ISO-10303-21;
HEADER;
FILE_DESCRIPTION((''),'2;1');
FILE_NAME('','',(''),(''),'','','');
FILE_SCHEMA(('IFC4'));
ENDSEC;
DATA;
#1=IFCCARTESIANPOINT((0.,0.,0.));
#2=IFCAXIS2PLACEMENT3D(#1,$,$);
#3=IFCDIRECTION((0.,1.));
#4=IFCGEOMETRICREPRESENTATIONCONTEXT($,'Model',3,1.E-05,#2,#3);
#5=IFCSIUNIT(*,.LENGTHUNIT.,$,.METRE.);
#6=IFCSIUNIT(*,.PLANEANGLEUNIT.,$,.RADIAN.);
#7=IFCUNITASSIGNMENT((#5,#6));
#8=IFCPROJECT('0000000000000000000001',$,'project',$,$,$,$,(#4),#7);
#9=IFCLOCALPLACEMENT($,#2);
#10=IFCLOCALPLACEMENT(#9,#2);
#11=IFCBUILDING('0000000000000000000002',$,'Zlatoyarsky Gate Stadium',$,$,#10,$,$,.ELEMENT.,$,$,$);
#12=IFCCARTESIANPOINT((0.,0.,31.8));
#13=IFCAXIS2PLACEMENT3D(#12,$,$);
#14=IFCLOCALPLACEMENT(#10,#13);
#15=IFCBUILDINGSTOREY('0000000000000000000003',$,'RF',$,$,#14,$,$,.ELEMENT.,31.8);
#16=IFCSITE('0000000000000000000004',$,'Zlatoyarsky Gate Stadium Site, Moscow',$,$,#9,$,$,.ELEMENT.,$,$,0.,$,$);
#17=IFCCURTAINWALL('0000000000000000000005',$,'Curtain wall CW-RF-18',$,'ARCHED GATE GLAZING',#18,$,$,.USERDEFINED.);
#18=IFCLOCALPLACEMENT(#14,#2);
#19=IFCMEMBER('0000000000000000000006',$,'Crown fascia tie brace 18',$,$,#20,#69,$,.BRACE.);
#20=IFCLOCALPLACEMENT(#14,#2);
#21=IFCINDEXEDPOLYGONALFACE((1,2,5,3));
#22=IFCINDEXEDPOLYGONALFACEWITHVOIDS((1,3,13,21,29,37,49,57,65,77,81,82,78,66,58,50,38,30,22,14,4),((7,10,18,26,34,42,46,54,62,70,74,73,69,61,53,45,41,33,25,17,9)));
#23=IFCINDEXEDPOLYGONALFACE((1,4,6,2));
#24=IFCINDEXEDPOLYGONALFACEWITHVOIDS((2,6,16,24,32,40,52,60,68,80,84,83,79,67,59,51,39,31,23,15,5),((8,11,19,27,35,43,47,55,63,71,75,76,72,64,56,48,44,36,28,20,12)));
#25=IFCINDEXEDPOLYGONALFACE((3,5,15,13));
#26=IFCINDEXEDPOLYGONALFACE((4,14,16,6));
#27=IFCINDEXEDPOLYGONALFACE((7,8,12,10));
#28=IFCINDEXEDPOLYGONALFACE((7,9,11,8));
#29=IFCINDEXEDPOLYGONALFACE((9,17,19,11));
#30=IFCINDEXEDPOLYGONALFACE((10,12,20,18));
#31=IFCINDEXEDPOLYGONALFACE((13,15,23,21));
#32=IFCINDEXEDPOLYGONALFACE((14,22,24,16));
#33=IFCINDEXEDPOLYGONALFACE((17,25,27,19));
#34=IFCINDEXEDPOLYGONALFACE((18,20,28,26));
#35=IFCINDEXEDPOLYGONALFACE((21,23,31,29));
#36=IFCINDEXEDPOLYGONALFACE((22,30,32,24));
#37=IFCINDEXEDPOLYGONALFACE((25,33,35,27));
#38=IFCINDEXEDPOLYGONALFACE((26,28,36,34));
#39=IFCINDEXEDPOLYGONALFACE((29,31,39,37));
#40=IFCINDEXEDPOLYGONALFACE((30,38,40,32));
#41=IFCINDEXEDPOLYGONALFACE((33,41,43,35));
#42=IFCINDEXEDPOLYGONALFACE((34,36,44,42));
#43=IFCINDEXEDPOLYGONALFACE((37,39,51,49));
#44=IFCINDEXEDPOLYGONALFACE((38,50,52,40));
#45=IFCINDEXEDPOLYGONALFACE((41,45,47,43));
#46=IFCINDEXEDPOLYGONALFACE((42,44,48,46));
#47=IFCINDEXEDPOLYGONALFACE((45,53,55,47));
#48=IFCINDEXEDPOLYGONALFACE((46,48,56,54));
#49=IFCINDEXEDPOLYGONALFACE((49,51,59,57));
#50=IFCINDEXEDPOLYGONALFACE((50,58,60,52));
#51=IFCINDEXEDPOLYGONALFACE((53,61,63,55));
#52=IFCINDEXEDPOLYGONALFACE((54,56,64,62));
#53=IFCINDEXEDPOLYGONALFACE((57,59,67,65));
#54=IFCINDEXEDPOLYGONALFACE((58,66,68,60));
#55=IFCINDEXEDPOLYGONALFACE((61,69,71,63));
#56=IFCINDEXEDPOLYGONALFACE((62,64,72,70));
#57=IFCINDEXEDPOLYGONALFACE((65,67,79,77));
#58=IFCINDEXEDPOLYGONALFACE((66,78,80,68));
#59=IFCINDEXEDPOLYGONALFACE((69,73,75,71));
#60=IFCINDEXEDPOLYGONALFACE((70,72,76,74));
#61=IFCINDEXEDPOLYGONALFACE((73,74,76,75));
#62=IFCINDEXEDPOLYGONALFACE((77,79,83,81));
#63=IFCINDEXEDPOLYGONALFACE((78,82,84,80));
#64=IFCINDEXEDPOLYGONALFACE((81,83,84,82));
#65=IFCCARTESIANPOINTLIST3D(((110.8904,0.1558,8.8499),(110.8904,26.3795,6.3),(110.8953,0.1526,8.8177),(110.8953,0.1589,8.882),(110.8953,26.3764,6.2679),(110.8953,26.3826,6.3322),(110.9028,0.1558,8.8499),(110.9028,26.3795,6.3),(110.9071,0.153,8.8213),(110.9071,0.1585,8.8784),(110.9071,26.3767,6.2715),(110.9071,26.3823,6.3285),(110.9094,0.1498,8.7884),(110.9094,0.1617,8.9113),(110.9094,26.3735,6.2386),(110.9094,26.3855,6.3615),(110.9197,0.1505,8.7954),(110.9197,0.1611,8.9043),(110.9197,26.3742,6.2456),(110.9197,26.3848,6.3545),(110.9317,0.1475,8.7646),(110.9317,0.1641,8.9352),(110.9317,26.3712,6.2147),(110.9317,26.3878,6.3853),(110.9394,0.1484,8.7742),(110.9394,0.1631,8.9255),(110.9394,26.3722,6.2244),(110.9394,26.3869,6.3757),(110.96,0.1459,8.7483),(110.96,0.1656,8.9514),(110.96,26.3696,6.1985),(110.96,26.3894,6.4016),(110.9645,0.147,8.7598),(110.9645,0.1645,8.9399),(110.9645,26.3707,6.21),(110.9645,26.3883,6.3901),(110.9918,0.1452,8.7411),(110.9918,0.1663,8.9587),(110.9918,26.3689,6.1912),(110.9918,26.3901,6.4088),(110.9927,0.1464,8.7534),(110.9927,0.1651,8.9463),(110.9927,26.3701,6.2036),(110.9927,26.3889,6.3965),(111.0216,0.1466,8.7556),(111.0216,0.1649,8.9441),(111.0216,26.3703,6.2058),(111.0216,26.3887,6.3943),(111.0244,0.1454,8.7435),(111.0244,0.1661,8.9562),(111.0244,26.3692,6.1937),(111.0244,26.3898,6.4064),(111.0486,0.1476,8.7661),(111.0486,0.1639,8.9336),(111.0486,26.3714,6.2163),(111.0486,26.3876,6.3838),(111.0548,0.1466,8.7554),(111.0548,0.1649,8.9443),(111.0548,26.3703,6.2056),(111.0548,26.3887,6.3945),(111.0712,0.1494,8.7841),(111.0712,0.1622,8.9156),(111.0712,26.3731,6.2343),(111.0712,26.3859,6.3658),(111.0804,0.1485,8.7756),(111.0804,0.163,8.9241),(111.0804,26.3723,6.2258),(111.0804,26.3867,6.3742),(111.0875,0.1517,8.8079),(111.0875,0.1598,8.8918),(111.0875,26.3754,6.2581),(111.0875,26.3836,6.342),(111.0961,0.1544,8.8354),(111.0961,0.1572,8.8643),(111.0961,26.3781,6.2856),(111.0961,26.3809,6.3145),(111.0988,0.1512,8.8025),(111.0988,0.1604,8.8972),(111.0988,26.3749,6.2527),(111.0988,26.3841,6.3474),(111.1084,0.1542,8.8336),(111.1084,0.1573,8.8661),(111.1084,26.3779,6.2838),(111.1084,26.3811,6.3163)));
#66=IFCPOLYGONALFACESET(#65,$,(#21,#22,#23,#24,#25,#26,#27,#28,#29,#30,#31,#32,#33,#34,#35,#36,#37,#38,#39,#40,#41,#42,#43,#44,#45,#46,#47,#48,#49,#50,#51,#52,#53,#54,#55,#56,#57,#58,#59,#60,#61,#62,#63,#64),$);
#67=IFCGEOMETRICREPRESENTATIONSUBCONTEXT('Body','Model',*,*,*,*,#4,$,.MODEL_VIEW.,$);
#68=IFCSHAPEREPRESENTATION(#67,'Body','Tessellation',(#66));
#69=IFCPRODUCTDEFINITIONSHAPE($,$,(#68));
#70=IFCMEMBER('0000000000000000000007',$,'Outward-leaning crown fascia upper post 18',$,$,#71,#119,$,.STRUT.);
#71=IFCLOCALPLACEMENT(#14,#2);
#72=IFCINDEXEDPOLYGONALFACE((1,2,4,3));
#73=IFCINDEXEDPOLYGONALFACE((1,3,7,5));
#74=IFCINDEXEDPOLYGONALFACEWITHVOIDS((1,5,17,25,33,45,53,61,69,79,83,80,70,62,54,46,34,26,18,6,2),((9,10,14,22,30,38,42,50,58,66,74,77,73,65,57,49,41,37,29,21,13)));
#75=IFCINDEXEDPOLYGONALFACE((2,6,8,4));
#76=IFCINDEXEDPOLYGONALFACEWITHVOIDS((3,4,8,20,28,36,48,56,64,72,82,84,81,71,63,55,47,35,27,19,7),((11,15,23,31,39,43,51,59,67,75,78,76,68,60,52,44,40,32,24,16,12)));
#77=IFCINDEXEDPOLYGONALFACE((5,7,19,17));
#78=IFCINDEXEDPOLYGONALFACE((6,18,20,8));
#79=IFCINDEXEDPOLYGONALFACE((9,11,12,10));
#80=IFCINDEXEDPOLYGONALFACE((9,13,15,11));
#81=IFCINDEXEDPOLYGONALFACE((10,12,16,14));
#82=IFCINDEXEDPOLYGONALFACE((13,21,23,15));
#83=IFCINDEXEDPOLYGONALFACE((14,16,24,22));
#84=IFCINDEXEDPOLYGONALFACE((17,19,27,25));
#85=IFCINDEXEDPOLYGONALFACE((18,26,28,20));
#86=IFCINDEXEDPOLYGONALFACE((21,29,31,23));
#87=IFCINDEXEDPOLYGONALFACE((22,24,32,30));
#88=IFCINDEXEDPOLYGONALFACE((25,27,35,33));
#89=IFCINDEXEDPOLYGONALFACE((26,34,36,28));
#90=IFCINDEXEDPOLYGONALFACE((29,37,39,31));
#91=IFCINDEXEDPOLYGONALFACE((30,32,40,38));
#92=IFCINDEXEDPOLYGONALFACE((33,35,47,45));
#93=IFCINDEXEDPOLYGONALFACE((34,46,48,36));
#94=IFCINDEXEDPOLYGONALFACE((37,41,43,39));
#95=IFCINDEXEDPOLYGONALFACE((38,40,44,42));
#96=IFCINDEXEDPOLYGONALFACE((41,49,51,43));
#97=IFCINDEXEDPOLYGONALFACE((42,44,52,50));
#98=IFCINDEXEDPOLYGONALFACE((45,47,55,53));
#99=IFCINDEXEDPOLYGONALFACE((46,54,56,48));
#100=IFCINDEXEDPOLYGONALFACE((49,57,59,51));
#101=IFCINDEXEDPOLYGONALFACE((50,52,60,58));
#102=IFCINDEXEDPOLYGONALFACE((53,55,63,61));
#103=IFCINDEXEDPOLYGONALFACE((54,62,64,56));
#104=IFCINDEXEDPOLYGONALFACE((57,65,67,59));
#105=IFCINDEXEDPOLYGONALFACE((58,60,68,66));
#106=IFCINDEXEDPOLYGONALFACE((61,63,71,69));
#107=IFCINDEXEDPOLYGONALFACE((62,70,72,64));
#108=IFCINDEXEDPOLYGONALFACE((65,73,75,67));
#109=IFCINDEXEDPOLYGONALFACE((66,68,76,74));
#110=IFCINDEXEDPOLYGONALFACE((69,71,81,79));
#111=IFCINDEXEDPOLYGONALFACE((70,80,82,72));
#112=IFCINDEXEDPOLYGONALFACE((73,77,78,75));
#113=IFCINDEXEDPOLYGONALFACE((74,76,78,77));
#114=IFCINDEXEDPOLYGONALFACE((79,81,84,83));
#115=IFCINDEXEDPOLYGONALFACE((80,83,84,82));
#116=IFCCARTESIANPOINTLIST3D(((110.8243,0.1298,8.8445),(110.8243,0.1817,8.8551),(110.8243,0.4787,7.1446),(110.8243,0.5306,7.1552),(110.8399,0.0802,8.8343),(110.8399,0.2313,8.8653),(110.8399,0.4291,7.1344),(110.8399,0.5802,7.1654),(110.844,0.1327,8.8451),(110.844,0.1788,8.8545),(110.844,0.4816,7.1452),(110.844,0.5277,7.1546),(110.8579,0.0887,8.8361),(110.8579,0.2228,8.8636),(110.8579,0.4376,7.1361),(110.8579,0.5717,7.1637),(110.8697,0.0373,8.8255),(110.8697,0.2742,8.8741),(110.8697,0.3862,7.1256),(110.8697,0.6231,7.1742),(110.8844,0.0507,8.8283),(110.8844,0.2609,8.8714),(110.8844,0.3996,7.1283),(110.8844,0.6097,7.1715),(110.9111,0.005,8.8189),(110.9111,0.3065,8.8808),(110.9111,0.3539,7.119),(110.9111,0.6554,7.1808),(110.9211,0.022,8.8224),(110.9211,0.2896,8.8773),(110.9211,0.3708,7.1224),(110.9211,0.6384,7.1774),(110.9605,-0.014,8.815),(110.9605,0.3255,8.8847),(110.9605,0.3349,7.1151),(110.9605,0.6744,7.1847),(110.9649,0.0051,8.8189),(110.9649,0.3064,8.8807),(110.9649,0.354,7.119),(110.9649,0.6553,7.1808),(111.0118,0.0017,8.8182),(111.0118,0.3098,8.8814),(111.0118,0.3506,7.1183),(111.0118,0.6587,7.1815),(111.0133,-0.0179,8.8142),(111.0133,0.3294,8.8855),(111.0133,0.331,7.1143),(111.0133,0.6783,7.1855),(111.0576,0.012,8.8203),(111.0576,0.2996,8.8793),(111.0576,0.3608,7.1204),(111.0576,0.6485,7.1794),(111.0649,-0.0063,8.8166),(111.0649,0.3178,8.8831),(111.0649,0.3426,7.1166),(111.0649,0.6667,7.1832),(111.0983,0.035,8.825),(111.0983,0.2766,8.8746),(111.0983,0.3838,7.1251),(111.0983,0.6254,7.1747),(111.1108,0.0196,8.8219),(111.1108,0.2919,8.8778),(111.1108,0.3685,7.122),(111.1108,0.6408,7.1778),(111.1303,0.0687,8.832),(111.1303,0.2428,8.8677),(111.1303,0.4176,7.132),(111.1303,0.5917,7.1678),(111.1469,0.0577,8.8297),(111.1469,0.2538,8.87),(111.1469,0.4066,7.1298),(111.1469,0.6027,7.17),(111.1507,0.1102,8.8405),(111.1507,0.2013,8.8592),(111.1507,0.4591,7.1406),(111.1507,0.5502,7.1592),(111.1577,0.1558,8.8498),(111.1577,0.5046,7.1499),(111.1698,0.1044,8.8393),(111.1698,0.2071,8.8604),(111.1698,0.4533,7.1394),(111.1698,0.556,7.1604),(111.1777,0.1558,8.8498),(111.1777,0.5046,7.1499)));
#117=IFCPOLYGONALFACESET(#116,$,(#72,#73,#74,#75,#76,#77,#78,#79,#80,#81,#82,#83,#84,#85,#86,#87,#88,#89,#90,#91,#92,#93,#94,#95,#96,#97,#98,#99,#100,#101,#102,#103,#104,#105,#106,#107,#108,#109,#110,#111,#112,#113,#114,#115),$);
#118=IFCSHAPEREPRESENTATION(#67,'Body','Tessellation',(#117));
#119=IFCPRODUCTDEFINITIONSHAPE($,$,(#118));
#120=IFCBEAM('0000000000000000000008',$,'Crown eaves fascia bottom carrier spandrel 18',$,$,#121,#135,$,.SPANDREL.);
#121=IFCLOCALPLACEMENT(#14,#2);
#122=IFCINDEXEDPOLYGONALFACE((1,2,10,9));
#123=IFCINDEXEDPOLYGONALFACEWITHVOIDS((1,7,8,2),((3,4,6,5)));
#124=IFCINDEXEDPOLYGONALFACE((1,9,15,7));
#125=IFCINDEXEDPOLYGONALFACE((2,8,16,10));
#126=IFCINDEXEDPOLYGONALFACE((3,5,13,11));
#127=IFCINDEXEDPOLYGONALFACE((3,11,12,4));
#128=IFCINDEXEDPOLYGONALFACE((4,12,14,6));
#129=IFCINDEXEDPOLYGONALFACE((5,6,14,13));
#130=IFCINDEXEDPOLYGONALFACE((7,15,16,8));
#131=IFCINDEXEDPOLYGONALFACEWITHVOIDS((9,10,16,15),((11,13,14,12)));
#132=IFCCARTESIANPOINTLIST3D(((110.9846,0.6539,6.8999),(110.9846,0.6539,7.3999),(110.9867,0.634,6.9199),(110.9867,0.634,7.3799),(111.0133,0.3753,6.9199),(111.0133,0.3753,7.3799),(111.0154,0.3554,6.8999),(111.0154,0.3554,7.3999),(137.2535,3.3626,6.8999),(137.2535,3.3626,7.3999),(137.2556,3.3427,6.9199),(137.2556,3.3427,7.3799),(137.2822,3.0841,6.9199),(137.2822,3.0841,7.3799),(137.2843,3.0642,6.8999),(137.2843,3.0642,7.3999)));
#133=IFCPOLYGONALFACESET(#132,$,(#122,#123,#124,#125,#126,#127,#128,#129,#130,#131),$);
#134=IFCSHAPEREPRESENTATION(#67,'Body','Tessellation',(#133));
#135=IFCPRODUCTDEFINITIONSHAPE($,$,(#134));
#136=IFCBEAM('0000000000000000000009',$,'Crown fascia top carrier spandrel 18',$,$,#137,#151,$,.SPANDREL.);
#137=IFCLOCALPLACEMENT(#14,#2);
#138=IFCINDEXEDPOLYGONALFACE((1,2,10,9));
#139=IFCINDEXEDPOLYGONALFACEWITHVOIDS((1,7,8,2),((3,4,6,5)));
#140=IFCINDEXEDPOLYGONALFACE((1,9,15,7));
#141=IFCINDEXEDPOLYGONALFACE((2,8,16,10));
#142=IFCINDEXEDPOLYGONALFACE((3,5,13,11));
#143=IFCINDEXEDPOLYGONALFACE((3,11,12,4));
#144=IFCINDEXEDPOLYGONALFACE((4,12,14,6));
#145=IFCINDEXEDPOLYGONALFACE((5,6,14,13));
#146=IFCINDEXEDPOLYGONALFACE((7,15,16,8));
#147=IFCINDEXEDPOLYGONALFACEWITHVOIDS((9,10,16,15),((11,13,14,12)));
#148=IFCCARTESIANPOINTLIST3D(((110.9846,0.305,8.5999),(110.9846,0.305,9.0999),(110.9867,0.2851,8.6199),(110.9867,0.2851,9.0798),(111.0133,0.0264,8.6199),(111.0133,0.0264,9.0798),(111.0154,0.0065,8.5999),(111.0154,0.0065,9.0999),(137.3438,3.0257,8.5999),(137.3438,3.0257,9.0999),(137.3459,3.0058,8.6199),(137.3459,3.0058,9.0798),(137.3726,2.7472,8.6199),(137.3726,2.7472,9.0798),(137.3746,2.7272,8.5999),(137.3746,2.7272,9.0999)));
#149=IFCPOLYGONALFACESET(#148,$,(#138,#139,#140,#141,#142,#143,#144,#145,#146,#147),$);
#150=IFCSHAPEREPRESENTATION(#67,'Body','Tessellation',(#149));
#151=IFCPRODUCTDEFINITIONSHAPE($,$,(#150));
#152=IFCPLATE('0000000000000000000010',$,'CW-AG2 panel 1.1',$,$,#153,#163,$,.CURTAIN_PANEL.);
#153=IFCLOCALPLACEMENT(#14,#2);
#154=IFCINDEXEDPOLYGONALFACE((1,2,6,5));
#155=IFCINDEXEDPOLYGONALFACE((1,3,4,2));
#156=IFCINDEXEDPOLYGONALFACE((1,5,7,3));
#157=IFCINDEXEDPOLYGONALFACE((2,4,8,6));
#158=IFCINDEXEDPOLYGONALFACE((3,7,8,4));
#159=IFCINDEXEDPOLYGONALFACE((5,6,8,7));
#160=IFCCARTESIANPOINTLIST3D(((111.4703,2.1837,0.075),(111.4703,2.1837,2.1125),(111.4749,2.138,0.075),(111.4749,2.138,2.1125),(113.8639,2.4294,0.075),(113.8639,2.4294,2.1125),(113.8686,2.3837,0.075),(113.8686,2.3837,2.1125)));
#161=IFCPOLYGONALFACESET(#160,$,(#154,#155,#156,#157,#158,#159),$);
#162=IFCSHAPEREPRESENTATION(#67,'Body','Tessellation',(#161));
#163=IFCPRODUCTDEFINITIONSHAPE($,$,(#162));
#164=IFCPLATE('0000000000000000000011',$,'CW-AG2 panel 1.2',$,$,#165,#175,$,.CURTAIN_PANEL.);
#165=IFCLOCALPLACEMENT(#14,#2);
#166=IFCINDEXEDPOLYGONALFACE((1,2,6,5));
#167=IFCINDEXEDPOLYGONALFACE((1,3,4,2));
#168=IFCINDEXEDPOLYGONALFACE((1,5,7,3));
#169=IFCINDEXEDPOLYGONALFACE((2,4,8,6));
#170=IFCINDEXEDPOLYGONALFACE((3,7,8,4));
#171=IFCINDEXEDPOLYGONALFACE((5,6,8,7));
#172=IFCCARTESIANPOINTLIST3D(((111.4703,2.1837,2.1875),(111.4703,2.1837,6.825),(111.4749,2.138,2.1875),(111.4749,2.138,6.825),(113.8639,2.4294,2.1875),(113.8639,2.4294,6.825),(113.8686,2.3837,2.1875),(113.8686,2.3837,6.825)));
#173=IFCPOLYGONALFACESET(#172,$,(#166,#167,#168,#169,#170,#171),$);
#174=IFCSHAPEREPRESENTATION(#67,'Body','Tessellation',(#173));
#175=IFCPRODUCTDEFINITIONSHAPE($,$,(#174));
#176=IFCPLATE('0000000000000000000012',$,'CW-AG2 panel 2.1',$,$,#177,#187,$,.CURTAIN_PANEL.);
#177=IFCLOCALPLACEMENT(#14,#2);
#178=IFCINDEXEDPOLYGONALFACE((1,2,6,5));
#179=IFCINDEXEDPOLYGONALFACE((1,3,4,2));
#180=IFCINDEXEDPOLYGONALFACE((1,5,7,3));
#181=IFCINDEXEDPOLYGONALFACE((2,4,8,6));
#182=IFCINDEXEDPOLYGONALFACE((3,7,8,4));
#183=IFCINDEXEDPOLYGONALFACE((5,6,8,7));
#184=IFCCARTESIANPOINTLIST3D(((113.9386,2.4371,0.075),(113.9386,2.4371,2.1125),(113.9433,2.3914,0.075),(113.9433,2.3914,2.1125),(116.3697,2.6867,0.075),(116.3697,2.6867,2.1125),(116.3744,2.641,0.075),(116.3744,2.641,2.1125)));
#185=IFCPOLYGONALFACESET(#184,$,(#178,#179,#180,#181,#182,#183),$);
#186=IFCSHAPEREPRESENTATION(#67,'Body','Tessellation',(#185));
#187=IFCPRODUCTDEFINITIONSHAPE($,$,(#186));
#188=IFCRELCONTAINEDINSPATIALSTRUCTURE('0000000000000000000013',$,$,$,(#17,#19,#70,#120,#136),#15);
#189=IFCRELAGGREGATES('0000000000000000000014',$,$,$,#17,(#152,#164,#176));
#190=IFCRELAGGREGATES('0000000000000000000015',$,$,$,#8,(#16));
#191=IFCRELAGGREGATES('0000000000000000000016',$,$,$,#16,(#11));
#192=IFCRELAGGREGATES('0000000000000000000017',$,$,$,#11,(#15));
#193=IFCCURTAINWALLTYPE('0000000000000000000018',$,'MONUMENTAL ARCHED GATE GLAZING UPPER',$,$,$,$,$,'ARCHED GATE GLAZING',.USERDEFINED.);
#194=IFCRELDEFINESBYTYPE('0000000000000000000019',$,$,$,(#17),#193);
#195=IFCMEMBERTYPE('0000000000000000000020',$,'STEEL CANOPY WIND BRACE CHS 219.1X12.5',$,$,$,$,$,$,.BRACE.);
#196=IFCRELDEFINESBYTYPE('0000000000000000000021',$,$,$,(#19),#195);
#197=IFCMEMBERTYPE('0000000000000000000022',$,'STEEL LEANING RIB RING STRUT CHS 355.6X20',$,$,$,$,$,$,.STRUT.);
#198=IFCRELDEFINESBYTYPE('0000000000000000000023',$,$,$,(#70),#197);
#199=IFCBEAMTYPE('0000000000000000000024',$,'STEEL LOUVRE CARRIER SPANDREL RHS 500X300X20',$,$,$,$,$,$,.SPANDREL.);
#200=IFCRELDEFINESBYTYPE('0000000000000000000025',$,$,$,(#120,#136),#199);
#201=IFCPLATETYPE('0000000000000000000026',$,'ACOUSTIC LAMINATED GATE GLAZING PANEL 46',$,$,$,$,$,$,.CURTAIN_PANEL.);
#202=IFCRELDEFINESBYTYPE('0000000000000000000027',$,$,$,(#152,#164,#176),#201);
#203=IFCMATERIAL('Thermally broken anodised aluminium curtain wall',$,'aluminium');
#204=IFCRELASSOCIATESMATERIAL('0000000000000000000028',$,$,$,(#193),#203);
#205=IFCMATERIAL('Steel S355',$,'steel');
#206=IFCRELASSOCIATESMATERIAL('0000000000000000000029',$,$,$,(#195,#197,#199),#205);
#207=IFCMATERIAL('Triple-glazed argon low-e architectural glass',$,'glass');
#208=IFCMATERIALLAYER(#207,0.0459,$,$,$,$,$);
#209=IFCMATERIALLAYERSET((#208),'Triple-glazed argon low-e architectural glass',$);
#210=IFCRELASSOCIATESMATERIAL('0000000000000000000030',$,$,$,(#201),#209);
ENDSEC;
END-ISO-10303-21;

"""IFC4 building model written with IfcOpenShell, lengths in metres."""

from ifc_helpers import new_model, si_unit, direction, frame, origin, origin_2d, place, context, subcontext, project, spatial, rectangle, hollow_rectangle, hollow_circle, extrude, material, layer, layer_set, material_profile, profile_set, type_object, element, aggregate, save


model = new_model("IFC4")

# Units and contexts
model_context = context("Model", 3, precision=1e-05, world=origin(), true_north=direction((0.0, 1.0)))
body_context = subcontext(model_context, "Body", "Model", "MODEL_VIEW")
ifc_project = project(units=[si_unit("LENGTHUNIT", "METRE"), si_unit("PLANEANGLEUNIT", "RADIAN")], contexts=[model_context])

# Site, building, storey
site_placement = place(None, origin())
site = spatial("IfcSite", under=ifc_project, at=site_placement, Name="Zlatoyarsky Gate Stadium Site, Moscow", CompositionType="ELEMENT", RefElevation=0.0)
building_placement = place(site_placement, origin())
building = spatial("IfcBuilding", under=site, at=building_placement, Name="Zlatoyarsky Gate Stadium", CompositionType="ELEMENT")
storey_placement = place(building_placement, frame((0.0, 0.0, 31.8)))
storey = spatial("IfcBuildingStorey", under=building, at=storey_placement, Name="RF", CompositionType="ELEMENT", Elevation=31.8)

# Curtain wall
ifc_material_1 = material(Name="Thermally broken anodised aluminium curtain wall", Category="aluminium")
curtain_wall_type = type_object("IfcCurtainWallType", Name="MONUMENTAL ARCHED GATE GLAZING UPPER", ElementType="ARCHED GATE GLAZING", PredefinedType="USERDEFINED", material=ifc_material_1)
curtain_wall_placement = place(storey_placement, origin())
curtain_wall = element("IfcCurtainWall", 1, at=curtain_wall_placement, inside=storey, type_object=curtain_wall_type, Name="Curtain wall CW-RF-18", ObjectType="ARCHED GATE GLAZING", PredefinedType="USERDEFINED")

# Members
ifc_material_2 = material(Name="Steel S355", Category="steel")
ifc_material_profile_1 = material_profile(ifc_material_2, hollow_circle(Radius=0.1096, WallThickness=0.0125, at=origin_2d()), Name="CHS 219.1X12.5")
ifc_profile_set_1 = profile_set([ifc_material_profile_1], Name="Steel S355")
member_type_1 = type_object("IfcMemberType", Name="STEEL CANOPY WIND BRACE CHS 219.1X12.5", PredefinedType="BRACE", material=ifc_profile_set_1)
member_1_placement = place(storey_placement, frame((111.0, 0.1558, 8.8499), z_axis=(0.0, 0.995306, -0.096777), x_axis=(-1.0, 0.0, 0.0)))
element("IfcMember", 2, at=member_1_placement, inside=storey, type_object=member_type_1, Name="Crown fascia tie brace 18", PredefinedType="BRACE", context=body_context, shape_type="SweptSolid", body=[
    extrude(hollow_circle(Radius=0.1096, WallThickness=0.0125, at=origin_2d()), origin(), (0.0, 0.0, 1.0), 26.3474),
])
ifc_material_profile_2 = material_profile(ifc_material_2, hollow_circle(Radius=0.1777, WallThickness=0.02, at=origin_2d()), Name="CHS 355.6X20")
ifc_profile_set_2 = profile_set([ifc_material_profile_2], Name="Steel S355")
member_type_2 = type_object("IfcMemberType", Name="STEEL LEANING RIB RING STRUT CHS 355.6X20", PredefinedType="STRUT", material=ifc_profile_set_2)
member_2_placement = place(storey_placement, frame((111.0, 0.5046, 7.1499), z_axis=(0.0, -0.201038, 0.979584), x_axis=(1.0, 0.0, 0.0)))
element("IfcMember", 3, at=member_2_placement, inside=storey, type_object=member_type_2, Name="Outward-leaning crown fascia upper post 18", PredefinedType="STRUT", context=body_context, shape_type="SweptSolid", body=[
    extrude(hollow_circle(Radius=0.1777, WallThickness=0.02, at=origin_2d()), origin(), (0.0, 0.0, 1.0), 1.7354),
])

# Beams
ifc_material_profile_3 = material_profile(ifc_material_2, hollow_rectangle(XDim=0.3, YDim=0.5, WallThickness=0.02, at=origin_2d()), Name="RHS 500X300X20")
ifc_profile_set_3 = profile_set([ifc_material_profile_3], Name="Steel S355")
beam_type = type_object("IfcBeamType", Name="STEEL LOUVRE CARRIER SPANDREL RHS 500X300X20", PredefinedType="SPANDREL", material=ifc_profile_set_3)
beam_1_placement = place(storey_placement, frame((111.0, 0.5046, 7.1499), z_axis=(0.994726, 0.102572, 0.0), x_axis=(-0.102572, 0.994726, 0.0)))
element("IfcBeam", 4, at=beam_1_placement, inside=storey, type_object=beam_type, Name="Crown eaves fascia bottom carrier spandrel 18", PredefinedType="SPANDREL", context=body_context, shape_type="SweptSolid", body=[
    extrude(hollow_rectangle(XDim=0.3, YDim=0.5, WallThickness=0.02, at=origin_2d()), origin(), (0.0, 0.0, 1.0), 26.4082),
])
beam_2_placement = place(storey_placement, frame((111.0, 0.1558, 8.8499), z_axis=(0.994715, 0.102671, 0.0), x_axis=(-0.102671, 0.994715, 0.0)))
element("IfcBeam", 5, at=beam_2_placement, inside=storey, type_object=beam_type, Name="Crown fascia top carrier spandrel 18", PredefinedType="SPANDREL", context=body_context, shape_type="SweptSolid", body=[
    extrude(hollow_rectangle(XDim=0.3, YDim=0.5, WallThickness=0.02, at=origin_2d()), origin(), (0.0, 0.0, 1.0), 26.4993),
])

# Plates
ifc_material_3 = material(Name="Triple-glazed argon low-e architectural glass", Category="glass")
ifc_layer_1 = layer(ifc_material_3, 0.0459)
ifc_layer_set_1 = layer_set([ifc_layer_1], Name="Triple-glazed argon low-e architectural glass")
plate_type_1 = type_object("IfcPlateType", Name="ACOUSTIC LAMINATED GATE GLAZING PANEL 46", PredefinedType="CURTAIN_PANEL", material=ifc_layer_set_1)
plate_1_placement = place(storey_placement, frame((112.6694, 2.2837, 0.075), z_axis=(0.0, 0.0, 1.0), x_axis=(0.994772, 0.102125, 0.0)))
plate_1 = element("IfcPlate", 6, at=plate_1_placement, type_object=plate_type_1, Name="CW-AG2 panel 1.1", PredefinedType="CURTAIN_PANEL", context=body_context, shape_type="SweptSolid", body=[
    extrude(rectangle(XDim=2.4062, YDim=0.0459, at=origin_2d()), origin(), (0.0, 0.0, 1.0), 2.0376),
])
plate_2_placement = place(storey_placement, frame((112.6694, 2.2837, 2.1875), z_axis=(0.0, 0.0, 1.0), x_axis=(0.994772, 0.102125, 0.0)))
plate_2 = element("IfcPlate", 7, at=plate_2_placement, type_object=plate_type_1, Name="CW-AG2 panel 1.2", PredefinedType="CURTAIN_PANEL", context=body_context, shape_type="SweptSolid", body=[
    extrude(rectangle(XDim=2.4062, YDim=0.0459, at=origin_2d()), origin(), (0.0, 0.0, 1.0), 4.6375),
])
plate_3_placement = place(storey_placement, frame((115.1565, 2.5391, 0.075), z_axis=(0.0, 0.0, 1.0), x_axis=(0.994772, 0.102125, 0.0)))
plate_3 = element("IfcPlate", 8, at=plate_3_placement, type_object=plate_type_1, Name="CW-AG2 panel 2.1", PredefinedType="CURTAIN_PANEL", context=body_context, shape_type="SweptSolid", body=[
    extrude(rectangle(XDim=2.4438, YDim=0.0459, at=origin_2d()), origin(), (0.0, 0.0, 1.0), 2.0376),
])
aggregate(curtain_wall, [plate_1, plate_2, plate_3])

save(model, "model.ifc")
